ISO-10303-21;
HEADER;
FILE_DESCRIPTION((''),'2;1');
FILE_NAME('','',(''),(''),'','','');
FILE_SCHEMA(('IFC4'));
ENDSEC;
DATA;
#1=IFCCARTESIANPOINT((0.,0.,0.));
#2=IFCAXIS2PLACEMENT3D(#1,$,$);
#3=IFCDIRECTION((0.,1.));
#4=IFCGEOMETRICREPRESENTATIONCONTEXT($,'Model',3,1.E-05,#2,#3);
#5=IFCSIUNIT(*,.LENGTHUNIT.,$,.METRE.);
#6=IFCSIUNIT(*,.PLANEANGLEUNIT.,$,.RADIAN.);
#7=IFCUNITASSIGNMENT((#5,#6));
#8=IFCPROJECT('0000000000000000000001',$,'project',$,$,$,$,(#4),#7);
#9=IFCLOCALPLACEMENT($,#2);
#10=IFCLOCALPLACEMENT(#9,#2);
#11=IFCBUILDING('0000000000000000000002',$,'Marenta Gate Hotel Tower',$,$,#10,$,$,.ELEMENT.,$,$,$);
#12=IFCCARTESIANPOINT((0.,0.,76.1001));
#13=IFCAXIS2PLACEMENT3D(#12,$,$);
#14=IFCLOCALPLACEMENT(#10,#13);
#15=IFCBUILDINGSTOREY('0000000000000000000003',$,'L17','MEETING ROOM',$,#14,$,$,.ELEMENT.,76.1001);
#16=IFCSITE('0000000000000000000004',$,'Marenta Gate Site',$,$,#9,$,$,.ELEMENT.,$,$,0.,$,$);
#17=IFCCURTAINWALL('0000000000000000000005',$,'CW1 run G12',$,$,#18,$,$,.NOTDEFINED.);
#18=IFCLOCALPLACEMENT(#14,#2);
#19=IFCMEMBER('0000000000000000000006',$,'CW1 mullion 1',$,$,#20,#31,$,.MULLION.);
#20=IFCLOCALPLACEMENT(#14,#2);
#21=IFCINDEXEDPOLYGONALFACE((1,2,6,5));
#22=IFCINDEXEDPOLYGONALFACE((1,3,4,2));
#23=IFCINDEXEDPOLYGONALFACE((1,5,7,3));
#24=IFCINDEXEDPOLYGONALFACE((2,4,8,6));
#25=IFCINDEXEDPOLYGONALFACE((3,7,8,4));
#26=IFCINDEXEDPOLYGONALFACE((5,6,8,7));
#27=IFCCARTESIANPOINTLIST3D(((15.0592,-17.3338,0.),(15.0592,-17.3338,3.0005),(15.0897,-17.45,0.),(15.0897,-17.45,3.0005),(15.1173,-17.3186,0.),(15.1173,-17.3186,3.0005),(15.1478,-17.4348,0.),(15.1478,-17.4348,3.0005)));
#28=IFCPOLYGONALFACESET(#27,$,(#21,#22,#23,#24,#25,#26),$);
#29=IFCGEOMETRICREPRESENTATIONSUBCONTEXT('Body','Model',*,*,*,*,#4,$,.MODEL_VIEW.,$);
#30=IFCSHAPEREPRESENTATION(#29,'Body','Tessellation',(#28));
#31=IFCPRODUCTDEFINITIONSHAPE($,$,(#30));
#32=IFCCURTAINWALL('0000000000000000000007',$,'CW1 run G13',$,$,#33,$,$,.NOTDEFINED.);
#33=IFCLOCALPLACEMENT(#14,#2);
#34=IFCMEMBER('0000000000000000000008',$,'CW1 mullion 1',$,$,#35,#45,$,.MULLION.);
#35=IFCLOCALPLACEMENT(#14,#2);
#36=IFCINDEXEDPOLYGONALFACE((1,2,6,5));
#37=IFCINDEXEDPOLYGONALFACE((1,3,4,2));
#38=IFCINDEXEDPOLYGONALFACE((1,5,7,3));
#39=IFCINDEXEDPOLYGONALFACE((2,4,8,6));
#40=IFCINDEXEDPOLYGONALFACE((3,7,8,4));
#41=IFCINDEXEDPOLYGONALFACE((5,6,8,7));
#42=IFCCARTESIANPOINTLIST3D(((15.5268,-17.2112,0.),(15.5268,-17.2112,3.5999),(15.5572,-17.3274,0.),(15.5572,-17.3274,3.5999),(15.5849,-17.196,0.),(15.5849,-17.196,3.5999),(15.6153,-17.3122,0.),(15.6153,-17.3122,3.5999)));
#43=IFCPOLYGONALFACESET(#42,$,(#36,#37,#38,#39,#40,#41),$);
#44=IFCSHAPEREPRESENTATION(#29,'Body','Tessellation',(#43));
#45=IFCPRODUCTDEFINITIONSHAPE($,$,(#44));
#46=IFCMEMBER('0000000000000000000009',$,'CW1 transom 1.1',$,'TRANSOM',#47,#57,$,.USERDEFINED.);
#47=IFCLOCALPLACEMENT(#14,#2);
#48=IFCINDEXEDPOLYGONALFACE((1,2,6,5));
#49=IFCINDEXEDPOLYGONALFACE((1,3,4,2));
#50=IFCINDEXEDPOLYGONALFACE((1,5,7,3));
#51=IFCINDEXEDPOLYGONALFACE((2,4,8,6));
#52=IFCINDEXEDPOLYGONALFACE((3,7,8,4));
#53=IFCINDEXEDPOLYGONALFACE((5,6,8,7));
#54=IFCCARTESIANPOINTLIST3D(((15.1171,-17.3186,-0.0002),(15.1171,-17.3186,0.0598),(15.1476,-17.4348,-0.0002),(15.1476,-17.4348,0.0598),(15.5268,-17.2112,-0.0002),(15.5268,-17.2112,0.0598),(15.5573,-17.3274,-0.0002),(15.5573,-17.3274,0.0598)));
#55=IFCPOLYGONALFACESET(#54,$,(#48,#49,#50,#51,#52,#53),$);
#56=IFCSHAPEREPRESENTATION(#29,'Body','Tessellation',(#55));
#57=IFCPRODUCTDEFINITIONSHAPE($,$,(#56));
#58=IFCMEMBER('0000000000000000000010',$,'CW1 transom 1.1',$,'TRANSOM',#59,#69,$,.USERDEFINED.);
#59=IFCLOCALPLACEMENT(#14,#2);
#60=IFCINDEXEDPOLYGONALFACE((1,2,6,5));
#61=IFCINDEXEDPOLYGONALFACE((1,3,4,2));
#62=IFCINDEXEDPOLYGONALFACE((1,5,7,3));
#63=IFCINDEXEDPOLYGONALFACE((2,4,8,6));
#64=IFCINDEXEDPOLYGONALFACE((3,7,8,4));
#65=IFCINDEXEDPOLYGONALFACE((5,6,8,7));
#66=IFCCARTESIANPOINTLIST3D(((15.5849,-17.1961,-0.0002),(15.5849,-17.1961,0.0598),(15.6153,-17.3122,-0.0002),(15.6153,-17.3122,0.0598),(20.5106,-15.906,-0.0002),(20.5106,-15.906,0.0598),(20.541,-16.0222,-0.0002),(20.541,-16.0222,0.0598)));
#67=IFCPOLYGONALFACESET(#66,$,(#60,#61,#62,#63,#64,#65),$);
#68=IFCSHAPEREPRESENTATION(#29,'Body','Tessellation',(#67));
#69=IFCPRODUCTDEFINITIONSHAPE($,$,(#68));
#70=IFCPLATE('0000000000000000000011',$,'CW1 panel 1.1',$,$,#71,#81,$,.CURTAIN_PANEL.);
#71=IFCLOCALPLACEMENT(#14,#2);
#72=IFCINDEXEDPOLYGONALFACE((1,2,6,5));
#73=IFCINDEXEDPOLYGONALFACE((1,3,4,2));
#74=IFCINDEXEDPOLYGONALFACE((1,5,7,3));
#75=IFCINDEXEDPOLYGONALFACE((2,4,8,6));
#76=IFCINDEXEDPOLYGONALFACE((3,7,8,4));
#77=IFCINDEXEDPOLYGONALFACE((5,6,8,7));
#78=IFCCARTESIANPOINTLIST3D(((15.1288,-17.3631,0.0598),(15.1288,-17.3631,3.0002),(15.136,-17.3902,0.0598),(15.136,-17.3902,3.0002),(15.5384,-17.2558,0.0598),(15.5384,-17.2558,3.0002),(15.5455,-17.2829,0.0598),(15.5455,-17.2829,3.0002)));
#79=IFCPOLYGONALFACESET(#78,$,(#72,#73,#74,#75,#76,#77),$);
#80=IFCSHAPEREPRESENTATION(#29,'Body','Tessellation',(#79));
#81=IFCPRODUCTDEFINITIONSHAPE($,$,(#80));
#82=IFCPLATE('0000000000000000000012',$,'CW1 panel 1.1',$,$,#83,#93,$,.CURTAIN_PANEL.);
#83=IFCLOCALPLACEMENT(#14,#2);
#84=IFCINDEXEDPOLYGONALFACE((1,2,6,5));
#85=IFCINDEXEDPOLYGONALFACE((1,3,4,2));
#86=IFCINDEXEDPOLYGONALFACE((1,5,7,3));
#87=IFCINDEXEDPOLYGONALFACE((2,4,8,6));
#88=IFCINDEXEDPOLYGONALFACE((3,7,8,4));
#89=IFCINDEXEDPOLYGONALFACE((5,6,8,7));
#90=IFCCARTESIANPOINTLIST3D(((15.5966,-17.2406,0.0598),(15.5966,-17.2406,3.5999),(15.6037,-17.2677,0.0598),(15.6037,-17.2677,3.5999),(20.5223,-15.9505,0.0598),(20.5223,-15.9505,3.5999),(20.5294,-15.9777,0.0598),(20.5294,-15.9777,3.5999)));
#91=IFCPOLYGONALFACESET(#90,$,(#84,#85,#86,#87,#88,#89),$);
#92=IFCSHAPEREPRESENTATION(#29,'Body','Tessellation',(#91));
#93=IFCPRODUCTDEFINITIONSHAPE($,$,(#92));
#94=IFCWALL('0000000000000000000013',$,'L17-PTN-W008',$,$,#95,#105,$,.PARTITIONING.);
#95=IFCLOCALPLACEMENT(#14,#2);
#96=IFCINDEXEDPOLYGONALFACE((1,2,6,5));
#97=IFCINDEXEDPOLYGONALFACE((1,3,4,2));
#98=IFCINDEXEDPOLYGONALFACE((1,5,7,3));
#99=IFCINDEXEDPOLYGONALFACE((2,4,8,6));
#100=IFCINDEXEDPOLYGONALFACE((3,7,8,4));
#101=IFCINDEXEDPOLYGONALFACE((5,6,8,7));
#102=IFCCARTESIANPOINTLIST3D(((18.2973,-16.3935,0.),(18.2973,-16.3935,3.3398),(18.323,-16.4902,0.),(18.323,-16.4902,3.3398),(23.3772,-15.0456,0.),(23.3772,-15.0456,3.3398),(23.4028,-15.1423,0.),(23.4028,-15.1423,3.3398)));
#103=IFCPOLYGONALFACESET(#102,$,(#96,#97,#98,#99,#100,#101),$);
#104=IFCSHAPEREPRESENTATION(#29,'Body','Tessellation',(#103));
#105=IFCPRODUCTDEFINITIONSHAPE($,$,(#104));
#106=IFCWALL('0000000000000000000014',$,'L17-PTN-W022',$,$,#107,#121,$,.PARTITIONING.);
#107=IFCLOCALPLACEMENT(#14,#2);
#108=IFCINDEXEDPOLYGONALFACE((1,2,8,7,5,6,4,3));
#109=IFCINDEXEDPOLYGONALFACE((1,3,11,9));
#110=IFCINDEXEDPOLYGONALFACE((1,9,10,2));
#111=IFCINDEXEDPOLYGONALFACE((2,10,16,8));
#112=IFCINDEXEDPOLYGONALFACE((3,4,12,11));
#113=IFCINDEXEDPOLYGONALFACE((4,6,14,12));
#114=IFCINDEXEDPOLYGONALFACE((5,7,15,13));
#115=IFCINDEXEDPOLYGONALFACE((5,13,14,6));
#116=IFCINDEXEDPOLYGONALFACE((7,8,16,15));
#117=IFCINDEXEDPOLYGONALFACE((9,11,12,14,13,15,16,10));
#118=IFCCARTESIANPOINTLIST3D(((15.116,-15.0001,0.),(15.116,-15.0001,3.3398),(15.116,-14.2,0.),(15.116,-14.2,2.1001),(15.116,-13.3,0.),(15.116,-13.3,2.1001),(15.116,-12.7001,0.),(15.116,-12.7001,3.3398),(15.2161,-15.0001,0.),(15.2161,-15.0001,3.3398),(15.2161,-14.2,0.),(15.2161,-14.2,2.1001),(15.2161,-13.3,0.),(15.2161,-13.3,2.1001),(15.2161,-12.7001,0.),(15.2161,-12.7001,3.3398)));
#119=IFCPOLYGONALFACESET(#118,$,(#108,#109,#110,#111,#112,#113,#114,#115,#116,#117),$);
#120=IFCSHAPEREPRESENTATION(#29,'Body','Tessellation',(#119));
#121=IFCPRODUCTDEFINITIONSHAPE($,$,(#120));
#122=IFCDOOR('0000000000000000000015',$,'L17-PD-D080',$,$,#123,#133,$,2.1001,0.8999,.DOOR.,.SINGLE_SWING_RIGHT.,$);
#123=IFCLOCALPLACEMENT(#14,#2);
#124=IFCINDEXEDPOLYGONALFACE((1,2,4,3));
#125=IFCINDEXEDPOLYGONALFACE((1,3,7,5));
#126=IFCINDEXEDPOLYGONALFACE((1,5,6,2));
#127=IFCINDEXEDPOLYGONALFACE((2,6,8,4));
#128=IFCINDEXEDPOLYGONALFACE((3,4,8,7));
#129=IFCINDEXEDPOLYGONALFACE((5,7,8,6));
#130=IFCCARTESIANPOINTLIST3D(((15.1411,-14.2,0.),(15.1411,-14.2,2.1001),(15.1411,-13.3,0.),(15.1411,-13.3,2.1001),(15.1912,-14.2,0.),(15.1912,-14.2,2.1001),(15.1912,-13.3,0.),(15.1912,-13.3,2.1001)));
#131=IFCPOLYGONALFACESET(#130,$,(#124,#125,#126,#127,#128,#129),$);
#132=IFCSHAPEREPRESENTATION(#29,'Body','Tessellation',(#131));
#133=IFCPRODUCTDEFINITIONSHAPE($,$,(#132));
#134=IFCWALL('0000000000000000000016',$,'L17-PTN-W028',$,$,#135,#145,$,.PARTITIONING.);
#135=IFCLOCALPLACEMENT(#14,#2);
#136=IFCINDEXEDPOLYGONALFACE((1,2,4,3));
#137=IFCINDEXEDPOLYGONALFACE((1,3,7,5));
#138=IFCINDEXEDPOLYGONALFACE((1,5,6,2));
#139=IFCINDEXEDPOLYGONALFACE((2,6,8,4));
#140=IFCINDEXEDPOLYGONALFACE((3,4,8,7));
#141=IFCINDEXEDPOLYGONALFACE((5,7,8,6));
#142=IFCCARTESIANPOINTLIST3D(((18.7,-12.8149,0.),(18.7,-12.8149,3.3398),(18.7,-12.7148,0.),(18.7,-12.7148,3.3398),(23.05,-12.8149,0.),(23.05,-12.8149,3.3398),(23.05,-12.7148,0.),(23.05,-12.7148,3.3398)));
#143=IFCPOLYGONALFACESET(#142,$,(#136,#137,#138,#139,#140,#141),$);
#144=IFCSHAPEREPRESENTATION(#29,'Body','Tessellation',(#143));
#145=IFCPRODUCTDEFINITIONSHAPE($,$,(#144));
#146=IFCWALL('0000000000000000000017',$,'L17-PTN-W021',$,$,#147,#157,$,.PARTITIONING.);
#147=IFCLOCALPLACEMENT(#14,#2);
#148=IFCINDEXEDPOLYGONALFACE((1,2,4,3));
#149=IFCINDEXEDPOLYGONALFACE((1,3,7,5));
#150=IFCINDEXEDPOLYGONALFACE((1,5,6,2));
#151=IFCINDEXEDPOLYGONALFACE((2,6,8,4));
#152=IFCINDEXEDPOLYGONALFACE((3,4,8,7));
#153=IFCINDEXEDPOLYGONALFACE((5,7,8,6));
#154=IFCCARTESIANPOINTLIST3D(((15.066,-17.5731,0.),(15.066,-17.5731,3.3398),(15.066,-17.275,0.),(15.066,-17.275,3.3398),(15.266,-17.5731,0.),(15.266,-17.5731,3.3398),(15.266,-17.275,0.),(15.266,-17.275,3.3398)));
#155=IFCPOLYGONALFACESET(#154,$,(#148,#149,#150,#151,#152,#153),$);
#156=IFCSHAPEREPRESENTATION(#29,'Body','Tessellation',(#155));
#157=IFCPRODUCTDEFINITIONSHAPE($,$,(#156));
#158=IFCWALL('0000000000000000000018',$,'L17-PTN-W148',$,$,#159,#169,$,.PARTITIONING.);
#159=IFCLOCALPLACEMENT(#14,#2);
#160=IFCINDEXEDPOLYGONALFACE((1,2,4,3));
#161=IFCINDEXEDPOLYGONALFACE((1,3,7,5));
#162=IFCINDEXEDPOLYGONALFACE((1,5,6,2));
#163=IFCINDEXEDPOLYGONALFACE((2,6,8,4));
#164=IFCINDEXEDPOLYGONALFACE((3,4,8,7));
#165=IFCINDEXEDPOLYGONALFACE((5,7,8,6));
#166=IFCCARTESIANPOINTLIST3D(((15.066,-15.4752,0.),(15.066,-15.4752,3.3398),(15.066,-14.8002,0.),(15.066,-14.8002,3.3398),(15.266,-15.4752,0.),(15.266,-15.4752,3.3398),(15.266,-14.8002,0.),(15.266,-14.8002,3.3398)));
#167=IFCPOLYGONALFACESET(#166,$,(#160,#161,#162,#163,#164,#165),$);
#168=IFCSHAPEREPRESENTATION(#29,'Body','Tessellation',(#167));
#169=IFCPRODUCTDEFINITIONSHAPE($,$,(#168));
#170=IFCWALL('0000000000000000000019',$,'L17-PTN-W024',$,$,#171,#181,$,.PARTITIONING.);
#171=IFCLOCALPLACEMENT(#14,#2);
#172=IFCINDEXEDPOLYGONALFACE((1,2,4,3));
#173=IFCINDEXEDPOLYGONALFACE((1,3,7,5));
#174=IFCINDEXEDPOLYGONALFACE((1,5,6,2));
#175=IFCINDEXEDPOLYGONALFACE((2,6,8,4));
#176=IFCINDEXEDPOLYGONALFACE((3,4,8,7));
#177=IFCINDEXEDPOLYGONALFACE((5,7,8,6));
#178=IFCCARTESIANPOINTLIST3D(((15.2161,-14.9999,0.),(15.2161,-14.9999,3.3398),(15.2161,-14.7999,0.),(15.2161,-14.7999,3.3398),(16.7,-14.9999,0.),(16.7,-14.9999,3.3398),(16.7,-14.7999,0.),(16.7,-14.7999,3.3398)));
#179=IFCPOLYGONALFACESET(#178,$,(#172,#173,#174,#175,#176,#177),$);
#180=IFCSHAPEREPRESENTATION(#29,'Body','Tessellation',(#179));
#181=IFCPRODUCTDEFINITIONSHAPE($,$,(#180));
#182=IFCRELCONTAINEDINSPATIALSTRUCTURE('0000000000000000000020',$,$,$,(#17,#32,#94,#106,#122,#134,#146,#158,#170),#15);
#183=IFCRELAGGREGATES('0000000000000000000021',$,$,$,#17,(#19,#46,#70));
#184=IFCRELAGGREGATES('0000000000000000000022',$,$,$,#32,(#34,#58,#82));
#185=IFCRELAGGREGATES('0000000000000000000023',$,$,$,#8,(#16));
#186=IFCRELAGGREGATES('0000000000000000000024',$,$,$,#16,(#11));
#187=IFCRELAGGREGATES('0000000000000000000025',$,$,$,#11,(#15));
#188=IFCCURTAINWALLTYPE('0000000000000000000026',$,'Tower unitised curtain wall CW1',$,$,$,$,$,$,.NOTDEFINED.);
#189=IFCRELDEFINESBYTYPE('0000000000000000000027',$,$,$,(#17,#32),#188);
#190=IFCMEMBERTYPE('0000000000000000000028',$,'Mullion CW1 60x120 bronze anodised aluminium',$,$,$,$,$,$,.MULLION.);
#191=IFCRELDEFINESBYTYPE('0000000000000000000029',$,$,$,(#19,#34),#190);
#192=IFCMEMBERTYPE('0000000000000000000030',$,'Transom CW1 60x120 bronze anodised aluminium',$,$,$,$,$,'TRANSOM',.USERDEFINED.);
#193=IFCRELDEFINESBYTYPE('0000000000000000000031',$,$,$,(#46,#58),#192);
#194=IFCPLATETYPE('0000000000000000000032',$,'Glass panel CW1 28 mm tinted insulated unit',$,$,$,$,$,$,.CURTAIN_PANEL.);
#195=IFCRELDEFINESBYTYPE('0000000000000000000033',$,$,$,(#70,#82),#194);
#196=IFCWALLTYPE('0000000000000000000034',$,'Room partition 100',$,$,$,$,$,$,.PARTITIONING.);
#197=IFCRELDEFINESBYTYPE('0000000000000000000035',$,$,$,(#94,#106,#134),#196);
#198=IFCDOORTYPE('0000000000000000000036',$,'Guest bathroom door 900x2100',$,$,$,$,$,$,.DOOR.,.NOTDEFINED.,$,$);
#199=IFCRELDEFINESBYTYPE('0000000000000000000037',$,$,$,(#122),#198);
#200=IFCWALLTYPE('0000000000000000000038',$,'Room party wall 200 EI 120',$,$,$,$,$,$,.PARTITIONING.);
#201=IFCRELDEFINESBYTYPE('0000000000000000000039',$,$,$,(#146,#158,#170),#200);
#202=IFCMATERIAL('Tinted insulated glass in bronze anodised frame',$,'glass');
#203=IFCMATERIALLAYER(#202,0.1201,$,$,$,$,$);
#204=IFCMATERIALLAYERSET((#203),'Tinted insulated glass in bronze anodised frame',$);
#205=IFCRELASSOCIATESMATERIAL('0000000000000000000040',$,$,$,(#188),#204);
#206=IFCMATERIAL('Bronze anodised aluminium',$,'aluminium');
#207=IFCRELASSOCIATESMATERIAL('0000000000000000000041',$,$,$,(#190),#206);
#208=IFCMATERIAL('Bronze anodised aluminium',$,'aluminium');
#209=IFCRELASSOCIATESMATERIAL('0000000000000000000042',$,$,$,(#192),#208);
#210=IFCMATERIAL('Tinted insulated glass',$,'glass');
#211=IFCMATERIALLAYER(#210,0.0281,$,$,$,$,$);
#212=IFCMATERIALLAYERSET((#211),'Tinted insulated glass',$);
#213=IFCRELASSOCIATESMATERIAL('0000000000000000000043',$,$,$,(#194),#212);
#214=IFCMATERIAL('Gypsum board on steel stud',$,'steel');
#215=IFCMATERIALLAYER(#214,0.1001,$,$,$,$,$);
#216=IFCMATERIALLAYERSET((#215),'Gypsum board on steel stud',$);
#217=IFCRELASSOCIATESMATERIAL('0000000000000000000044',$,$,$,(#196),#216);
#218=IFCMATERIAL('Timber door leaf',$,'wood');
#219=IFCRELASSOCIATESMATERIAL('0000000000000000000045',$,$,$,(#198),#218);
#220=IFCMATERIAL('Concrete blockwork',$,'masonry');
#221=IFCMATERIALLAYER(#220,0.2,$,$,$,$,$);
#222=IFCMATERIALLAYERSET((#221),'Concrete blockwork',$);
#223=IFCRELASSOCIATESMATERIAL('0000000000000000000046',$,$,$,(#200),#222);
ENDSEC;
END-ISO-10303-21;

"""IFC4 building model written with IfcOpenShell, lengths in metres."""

from ifc_helpers import new_model, si_unit, direction, frame, frame_2d, origin, origin_2d, place, context, subcontext, project, spatial, rectangle, extrude, material, layer, layer_set, material_profile, profile_set, type_object, element, fill, aggregate, save


model = new_model("IFC4")

# Units and contexts
model_context = context("Model", 3, precision=1e-05, world=origin(), true_north=direction((0.0, 1.0)))
body_context = subcontext(model_context, "Body", "Model", "MODEL_VIEW")
ifc_project = project(units=[si_unit("LENGTHUNIT", "METRE"), si_unit("PLANEANGLEUNIT", "RADIAN")], contexts=[model_context])

# Site, building, storey
site_placement = place(None, origin())
site = spatial("IfcSite", under=ifc_project, at=site_placement, Name="Marenta Gate Site", CompositionType="ELEMENT", RefElevation=0.0)
building_placement = place(site_placement, origin())
building = spatial("IfcBuilding", under=site, at=building_placement, Name="Marenta Gate Hotel Tower", CompositionType="ELEMENT")
storey_placement = place(building_placement, frame((0.0, 0.0, 76.1001)))
storey = spatial("IfcBuildingStorey", under=building, at=storey_placement, Name="L17", Description="MEETING ROOM", CompositionType="ELEMENT", Elevation=76.1001)

# Curtain walls, members
ifc_material_1 = material(Name="Tinted insulated glass in bronze anodised frame", Category="glass")
ifc_layer_1 = layer(ifc_material_1, 0.1201)
ifc_layer_set_1 = layer_set([ifc_layer_1], Name="Tinted insulated glass in bronze anodised frame")
curtain_wall_type = type_object("IfcCurtainWallType", Name="Tower unitised curtain wall CW1", PredefinedType="NOTDEFINED", material=ifc_layer_set_1)
curtain_wall_1_placement = place(storey_placement, origin())
curtain_wall_1 = element("IfcCurtainWall", 1, at=curtain_wall_1_placement, inside=storey, type_object=curtain_wall_type, Name="CW1 run G12", PredefinedType="NOTDEFINED")
ifc_material_2 = material(Name="Bronze anodised aluminium", Category="aluminium")
ifc_material_profile_1 = material_profile(ifc_material_2, rectangle(XDim=0.1201, YDim=0.0601, at=origin_2d()), Name="Mullion CW1 60x120 bronze anodised aluminium")
ifc_profile_set_1 = profile_set([ifc_material_profile_1], Name="Bronze anodised aluminium")
member_type_1 = type_object("IfcMemberType", Name="Mullion CW1 60x120 bronze anodised aluminium", PredefinedType="MULLION", material=ifc_profile_set_1)
member_1_placement = place(storey_placement, frame((15.1035, -17.3843, 0.0), z_axis=(0.0, 0.0, 1.0), x_axis=(-0.253424, 0.967355, 0.0)))
member_1 = element("IfcMember", 2, at=member_1_placement, type_object=member_type_1, Name="CW1 mullion 1", PredefinedType="MULLION", context=body_context, shape_type="SweptSolid", body=[
    extrude(rectangle(XDim=0.1201, YDim=0.0601, at=origin_2d()), origin(), (0.0, 0.0, 1.0), 3.0005),
])
curtain_wall_2_placement = place(storey_placement, origin())
curtain_wall_2 = element("IfcCurtainWall", 3, at=curtain_wall_2_placement, inside=storey, type_object=curtain_wall_type, Name="CW1 run G13", PredefinedType="NOTDEFINED")
member_2_placement = place(storey_placement, frame((15.571, -17.2617, 0.0), z_axis=(0.0, 0.0, 1.0), x_axis=(-0.253364, 0.967371, 0.0)))
member_2 = element("IfcMember", 4, at=member_2_placement, type_object=member_type_1, Name="CW1 mullion 1", PredefinedType="MULLION", context=body_context, shape_type="SweptSolid", body=[
    extrude(rectangle(XDim=0.1201, YDim=0.0601, at=origin_2d()), origin(), (0.0, 0.0, 1.0), 3.5999),
])

# Members
ifc_material_3 = material(Name="Bronze anodised aluminium", Category="aluminium")
ifc_material_profile_2 = material_profile(ifc_material_3, rectangle(XDim=0.1201, YDim=0.0601, at=origin_2d()), Name="Transom CW1 60x120 bronze anodised aluminium")
ifc_profile_set_2 = profile_set([ifc_material_profile_2], Name="Bronze anodised aluminium")
member_type_2 = type_object("IfcMemberType", Name="Transom CW1 60x120 bronze anodised aluminium", ElementType="TRANSOM", PredefinedType="USERDEFINED", material=ifc_profile_set_2)
member_3_placement = place(storey_placement, frame((15.1323, -17.3767, 0.0298), z_axis=(0.967298, 0.253642, 0.0), x_axis=(-0.253642, 0.967298, 0.0)))
member_3 = element("IfcMember", 5, at=member_3_placement, type_object=member_type_2, Name="CW1 transom 1.1", ObjectType="TRANSOM", PredefinedType="USERDEFINED", context=body_context, shape_type="SweptSolid", body=[
    extrude(rectangle(XDim=0.1201, YDim=0.0601, at=origin_2d()), origin(), (0.0, 0.0, 1.0), 0.4236),
])
member_4_placement = place(storey_placement, frame((15.6001, -17.2542, 0.0298), z_axis=(0.967374, 0.253351, 0.0), x_axis=(-0.253351, 0.967374, 0.0)))
member_4 = element("IfcMember", 6, at=member_4_placement, type_object=member_type_2, Name="CW1 transom 1.1", ObjectType="TRANSOM", PredefinedType="USERDEFINED", context=body_context, shape_type="SweptSolid", body=[
    extrude(rectangle(XDim=0.1201, YDim=0.0601, at=origin_2d()), origin(), (0.0, 0.0, 1.0), 5.0918),
])

# Plates
ifc_material_4 = material(Name="Tinted insulated glass", Category="glass")
ifc_layer_2 = layer(ifc_material_4, 0.0281)
ifc_layer_set_2 = layer_set([ifc_layer_2], Name="Tinted insulated glass")
plate_type = type_object("IfcPlateType", Name="Glass panel CW1 28 mm tinted insulated unit", PredefinedType="CURTAIN_PANEL", material=ifc_layer_set_2)
plate_1_placement = place(storey_placement, frame((15.3372, -17.323, 0.0598), z_axis=(0.0, 0.0, 1.0), x_axis=(0.967355, 0.253424, 0.0)))
plate_1 = element("IfcPlate", 7, at=plate_1_placement, type_object=plate_type, Name="CW1 panel 1.1", PredefinedType="CURTAIN_PANEL", context=body_context, shape_type="SweptSolid", body=[
    extrude(rectangle(XDim=0.4233, YDim=0.0281, at=origin_2d()), origin(), (0.0, 0.0, 1.0), 2.9404),
])
aggregate(curtain_wall_1, [member_1, member_3, plate_1])
plate_2_placement = place(storey_placement, frame((18.063, -16.6091, 0.0598), z_axis=(0.0, 0.0, 1.0), x_axis=(0.967371, 0.253364, 0.0)))
plate_2 = element("IfcPlate", 8, at=plate_2_placement, type_object=plate_type, Name="CW1 panel 1.1", PredefinedType="CURTAIN_PANEL", context=body_context, shape_type="SweptSolid", body=[
    extrude(rectangle(XDim=5.0918, YDim=0.0281, at=origin_2d()), origin(), (0.0, 0.0, 1.0), 3.54),
])
aggregate(curtain_wall_2, [member_2, member_4, plate_2])

# Wall
ifc_material_5 = material(Name="Gypsum board on steel stud", Category="steel")
ifc_layer_3 = layer(ifc_material_5, 0.1001)
ifc_layer_set_3 = layer_set([ifc_layer_3], Name="Gypsum board on steel stud")
wall_type_1 = type_object("IfcWallType", Name="Room partition 100", PredefinedType="PARTITIONING", material=ifc_layer_set_3)
wall_1_placement = place(storey_placement, frame((18.3101, -16.4419, 0.0), z_axis=(0.0, 0.0, 1.0), x_axis=(0.966553, 0.256468, 0.0)))
element("IfcWall", 9, at=wall_1_placement, inside=storey, type_object=wall_type_1, Name="L17-PTN-W008", PredefinedType="PARTITIONING", context=body_context, shape_type="SweptSolid", body=[
    extrude(rectangle(XDim=5.2556, YDim=0.1001, at=frame_2d((2.6279, 0.0))), origin(), (0.0, 0.0, 1.0), 3.3398),
])

# Wall, opening, door
wall_2_placement = place(storey_placement, frame((15.166, -15.0, 0.0), z_axis=(0.0, 0.0, 1.0), x_axis=(0.0, 1.0, 0.0)))
wall_2 = element("IfcWall", 10, at=wall_2_placement, inside=storey, type_object=wall_type_1, Name="L17-PTN-W022", PredefinedType="PARTITIONING", context=body_context, shape_type="SweptSolid", body=[
    extrude(rectangle(XDim=2.3, YDim=0.1001, at=frame_2d((1.1499, 0.0))), origin(), (0.0, 0.0, 1.0), 3.3398),
])
opening_1_placement = place(wall_2_placement, frame((0.8, 0.0, 0.0)))
opening_1 = element("IfcOpeningElement", 11, at=opening_1_placement, cuts=wall_2, PredefinedType="OPENING", context=body_context, shape_type="SweptSolid", body=[
    extrude(rectangle(XDim=0.8999, YDim=2.1001, at=frame_2d((0.45, 1.05))), frame((0.0, 0.05, 0.0), z_axis=(0.0, -1.0, 0.0), x_axis=(1.0, 0.0, 0.0)), (0.0, 0.0, 1.0), 0.1001),
])
ifc_material_6 = material(Name="Timber door leaf", Category="wood")
door_type_1 = type_object("IfcDoorType", Name="Guest bathroom door 900x2100", OperationType="NOTDEFINED", PredefinedType="DOOR", material=ifc_material_6)
door_1_placement = place(opening_1_placement, origin())
door_1 = element("IfcDoor", 12, at=door_1_placement, inside=storey, type_object=door_type_1, Name="L17-PD-D080", OperationType="SINGLE_SWING_RIGHT", OverallHeight=2.1001, OverallWidth=0.8999, PredefinedType="DOOR", context=body_context, shape_type="SweptSolid", body=[
    extrude(rectangle(XDim=0.8999, YDim=2.1001, at=frame_2d((0.45, 1.05))), frame((0.0, 0.0249, 0.0), z_axis=(0.0, -1.0, 0.0), x_axis=(1.0, 0.0, 0.0)), (0.0, 0.0, 1.0), 0.05),
])
fill(opening_1, door_1)

# Walls
wall_3_placement = place(storey_placement, frame((18.7, -12.7649, 0.0), z_axis=(0.0, 0.0, 1.0), x_axis=(1.0, 0.0, 0.0)))
element("IfcWall", 13, at=wall_3_placement, inside=storey, type_object=wall_type_1, Name="L17-PTN-W028", PredefinedType="PARTITIONING", context=body_context, shape_type="SweptSolid", body=[
    extrude(rectangle(XDim=4.3501, YDim=0.1001, at=frame_2d((2.175, 0.0))), origin(), (0.0, 0.0, 1.0), 3.3398),
])
ifc_material_7 = material(Name="Concrete blockwork", Category="masonry")
ifc_layer_4 = layer(ifc_material_7, 0.2)
ifc_layer_set_4 = layer_set([ifc_layer_4], Name="Concrete blockwork")
wall_type_2 = type_object("IfcWallType", Name="Room party wall 200 EI 120", PredefinedType="PARTITIONING", material=ifc_layer_set_4)
wall_4_placement = place(storey_placement, frame((15.166, -17.573, 0.0), z_axis=(0.0, 0.0, 1.0), x_axis=(0.0, 1.0, 0.0)))
element("IfcWall", 14, at=wall_4_placement, inside=storey, type_object=wall_type_2, Name="L17-PTN-W021", PredefinedType="PARTITIONING", context=body_context, shape_type="SweptSolid", body=[
    extrude(rectangle(XDim=0.2981, YDim=0.2, at=frame_2d((0.1489, 0.0))), origin(), (0.0, 0.0, 1.0), 3.3398),
])
wall_5_placement = place(storey_placement, frame((15.166, -15.4751, 0.0), z_axis=(0.0, 0.0, 1.0), x_axis=(0.0, 1.0, 0.0)))
element("IfcWall", 15, at=wall_5_placement, inside=storey, type_object=wall_type_2, Name="L17-PTN-W148", PredefinedType="PARTITIONING", context=body_context, shape_type="SweptSolid", body=[
    extrude(rectangle(XDim=0.675, YDim=0.2, at=frame_2d((0.3374, 0.0))), origin(), (0.0, 0.0, 1.0), 3.3398),
])
wall_6_placement = place(storey_placement, frame((15.2161, -14.8999, 0.0), z_axis=(0.0, 0.0, 1.0), x_axis=(1.0, 0.0, 0.0)))
element("IfcWall", 16, at=wall_6_placement, inside=storey, type_object=wall_type_2, Name="L17-PTN-W024", PredefinedType="PARTITIONING", context=body_context, shape_type="SweptSolid", body=[
    extrude(rectangle(XDim=1.4839, YDim=0.2, at=frame_2d((0.7419, 0.0))), origin(), (0.0, 0.0, 1.0), 3.3398),
])

save(model, "model.ifc")
